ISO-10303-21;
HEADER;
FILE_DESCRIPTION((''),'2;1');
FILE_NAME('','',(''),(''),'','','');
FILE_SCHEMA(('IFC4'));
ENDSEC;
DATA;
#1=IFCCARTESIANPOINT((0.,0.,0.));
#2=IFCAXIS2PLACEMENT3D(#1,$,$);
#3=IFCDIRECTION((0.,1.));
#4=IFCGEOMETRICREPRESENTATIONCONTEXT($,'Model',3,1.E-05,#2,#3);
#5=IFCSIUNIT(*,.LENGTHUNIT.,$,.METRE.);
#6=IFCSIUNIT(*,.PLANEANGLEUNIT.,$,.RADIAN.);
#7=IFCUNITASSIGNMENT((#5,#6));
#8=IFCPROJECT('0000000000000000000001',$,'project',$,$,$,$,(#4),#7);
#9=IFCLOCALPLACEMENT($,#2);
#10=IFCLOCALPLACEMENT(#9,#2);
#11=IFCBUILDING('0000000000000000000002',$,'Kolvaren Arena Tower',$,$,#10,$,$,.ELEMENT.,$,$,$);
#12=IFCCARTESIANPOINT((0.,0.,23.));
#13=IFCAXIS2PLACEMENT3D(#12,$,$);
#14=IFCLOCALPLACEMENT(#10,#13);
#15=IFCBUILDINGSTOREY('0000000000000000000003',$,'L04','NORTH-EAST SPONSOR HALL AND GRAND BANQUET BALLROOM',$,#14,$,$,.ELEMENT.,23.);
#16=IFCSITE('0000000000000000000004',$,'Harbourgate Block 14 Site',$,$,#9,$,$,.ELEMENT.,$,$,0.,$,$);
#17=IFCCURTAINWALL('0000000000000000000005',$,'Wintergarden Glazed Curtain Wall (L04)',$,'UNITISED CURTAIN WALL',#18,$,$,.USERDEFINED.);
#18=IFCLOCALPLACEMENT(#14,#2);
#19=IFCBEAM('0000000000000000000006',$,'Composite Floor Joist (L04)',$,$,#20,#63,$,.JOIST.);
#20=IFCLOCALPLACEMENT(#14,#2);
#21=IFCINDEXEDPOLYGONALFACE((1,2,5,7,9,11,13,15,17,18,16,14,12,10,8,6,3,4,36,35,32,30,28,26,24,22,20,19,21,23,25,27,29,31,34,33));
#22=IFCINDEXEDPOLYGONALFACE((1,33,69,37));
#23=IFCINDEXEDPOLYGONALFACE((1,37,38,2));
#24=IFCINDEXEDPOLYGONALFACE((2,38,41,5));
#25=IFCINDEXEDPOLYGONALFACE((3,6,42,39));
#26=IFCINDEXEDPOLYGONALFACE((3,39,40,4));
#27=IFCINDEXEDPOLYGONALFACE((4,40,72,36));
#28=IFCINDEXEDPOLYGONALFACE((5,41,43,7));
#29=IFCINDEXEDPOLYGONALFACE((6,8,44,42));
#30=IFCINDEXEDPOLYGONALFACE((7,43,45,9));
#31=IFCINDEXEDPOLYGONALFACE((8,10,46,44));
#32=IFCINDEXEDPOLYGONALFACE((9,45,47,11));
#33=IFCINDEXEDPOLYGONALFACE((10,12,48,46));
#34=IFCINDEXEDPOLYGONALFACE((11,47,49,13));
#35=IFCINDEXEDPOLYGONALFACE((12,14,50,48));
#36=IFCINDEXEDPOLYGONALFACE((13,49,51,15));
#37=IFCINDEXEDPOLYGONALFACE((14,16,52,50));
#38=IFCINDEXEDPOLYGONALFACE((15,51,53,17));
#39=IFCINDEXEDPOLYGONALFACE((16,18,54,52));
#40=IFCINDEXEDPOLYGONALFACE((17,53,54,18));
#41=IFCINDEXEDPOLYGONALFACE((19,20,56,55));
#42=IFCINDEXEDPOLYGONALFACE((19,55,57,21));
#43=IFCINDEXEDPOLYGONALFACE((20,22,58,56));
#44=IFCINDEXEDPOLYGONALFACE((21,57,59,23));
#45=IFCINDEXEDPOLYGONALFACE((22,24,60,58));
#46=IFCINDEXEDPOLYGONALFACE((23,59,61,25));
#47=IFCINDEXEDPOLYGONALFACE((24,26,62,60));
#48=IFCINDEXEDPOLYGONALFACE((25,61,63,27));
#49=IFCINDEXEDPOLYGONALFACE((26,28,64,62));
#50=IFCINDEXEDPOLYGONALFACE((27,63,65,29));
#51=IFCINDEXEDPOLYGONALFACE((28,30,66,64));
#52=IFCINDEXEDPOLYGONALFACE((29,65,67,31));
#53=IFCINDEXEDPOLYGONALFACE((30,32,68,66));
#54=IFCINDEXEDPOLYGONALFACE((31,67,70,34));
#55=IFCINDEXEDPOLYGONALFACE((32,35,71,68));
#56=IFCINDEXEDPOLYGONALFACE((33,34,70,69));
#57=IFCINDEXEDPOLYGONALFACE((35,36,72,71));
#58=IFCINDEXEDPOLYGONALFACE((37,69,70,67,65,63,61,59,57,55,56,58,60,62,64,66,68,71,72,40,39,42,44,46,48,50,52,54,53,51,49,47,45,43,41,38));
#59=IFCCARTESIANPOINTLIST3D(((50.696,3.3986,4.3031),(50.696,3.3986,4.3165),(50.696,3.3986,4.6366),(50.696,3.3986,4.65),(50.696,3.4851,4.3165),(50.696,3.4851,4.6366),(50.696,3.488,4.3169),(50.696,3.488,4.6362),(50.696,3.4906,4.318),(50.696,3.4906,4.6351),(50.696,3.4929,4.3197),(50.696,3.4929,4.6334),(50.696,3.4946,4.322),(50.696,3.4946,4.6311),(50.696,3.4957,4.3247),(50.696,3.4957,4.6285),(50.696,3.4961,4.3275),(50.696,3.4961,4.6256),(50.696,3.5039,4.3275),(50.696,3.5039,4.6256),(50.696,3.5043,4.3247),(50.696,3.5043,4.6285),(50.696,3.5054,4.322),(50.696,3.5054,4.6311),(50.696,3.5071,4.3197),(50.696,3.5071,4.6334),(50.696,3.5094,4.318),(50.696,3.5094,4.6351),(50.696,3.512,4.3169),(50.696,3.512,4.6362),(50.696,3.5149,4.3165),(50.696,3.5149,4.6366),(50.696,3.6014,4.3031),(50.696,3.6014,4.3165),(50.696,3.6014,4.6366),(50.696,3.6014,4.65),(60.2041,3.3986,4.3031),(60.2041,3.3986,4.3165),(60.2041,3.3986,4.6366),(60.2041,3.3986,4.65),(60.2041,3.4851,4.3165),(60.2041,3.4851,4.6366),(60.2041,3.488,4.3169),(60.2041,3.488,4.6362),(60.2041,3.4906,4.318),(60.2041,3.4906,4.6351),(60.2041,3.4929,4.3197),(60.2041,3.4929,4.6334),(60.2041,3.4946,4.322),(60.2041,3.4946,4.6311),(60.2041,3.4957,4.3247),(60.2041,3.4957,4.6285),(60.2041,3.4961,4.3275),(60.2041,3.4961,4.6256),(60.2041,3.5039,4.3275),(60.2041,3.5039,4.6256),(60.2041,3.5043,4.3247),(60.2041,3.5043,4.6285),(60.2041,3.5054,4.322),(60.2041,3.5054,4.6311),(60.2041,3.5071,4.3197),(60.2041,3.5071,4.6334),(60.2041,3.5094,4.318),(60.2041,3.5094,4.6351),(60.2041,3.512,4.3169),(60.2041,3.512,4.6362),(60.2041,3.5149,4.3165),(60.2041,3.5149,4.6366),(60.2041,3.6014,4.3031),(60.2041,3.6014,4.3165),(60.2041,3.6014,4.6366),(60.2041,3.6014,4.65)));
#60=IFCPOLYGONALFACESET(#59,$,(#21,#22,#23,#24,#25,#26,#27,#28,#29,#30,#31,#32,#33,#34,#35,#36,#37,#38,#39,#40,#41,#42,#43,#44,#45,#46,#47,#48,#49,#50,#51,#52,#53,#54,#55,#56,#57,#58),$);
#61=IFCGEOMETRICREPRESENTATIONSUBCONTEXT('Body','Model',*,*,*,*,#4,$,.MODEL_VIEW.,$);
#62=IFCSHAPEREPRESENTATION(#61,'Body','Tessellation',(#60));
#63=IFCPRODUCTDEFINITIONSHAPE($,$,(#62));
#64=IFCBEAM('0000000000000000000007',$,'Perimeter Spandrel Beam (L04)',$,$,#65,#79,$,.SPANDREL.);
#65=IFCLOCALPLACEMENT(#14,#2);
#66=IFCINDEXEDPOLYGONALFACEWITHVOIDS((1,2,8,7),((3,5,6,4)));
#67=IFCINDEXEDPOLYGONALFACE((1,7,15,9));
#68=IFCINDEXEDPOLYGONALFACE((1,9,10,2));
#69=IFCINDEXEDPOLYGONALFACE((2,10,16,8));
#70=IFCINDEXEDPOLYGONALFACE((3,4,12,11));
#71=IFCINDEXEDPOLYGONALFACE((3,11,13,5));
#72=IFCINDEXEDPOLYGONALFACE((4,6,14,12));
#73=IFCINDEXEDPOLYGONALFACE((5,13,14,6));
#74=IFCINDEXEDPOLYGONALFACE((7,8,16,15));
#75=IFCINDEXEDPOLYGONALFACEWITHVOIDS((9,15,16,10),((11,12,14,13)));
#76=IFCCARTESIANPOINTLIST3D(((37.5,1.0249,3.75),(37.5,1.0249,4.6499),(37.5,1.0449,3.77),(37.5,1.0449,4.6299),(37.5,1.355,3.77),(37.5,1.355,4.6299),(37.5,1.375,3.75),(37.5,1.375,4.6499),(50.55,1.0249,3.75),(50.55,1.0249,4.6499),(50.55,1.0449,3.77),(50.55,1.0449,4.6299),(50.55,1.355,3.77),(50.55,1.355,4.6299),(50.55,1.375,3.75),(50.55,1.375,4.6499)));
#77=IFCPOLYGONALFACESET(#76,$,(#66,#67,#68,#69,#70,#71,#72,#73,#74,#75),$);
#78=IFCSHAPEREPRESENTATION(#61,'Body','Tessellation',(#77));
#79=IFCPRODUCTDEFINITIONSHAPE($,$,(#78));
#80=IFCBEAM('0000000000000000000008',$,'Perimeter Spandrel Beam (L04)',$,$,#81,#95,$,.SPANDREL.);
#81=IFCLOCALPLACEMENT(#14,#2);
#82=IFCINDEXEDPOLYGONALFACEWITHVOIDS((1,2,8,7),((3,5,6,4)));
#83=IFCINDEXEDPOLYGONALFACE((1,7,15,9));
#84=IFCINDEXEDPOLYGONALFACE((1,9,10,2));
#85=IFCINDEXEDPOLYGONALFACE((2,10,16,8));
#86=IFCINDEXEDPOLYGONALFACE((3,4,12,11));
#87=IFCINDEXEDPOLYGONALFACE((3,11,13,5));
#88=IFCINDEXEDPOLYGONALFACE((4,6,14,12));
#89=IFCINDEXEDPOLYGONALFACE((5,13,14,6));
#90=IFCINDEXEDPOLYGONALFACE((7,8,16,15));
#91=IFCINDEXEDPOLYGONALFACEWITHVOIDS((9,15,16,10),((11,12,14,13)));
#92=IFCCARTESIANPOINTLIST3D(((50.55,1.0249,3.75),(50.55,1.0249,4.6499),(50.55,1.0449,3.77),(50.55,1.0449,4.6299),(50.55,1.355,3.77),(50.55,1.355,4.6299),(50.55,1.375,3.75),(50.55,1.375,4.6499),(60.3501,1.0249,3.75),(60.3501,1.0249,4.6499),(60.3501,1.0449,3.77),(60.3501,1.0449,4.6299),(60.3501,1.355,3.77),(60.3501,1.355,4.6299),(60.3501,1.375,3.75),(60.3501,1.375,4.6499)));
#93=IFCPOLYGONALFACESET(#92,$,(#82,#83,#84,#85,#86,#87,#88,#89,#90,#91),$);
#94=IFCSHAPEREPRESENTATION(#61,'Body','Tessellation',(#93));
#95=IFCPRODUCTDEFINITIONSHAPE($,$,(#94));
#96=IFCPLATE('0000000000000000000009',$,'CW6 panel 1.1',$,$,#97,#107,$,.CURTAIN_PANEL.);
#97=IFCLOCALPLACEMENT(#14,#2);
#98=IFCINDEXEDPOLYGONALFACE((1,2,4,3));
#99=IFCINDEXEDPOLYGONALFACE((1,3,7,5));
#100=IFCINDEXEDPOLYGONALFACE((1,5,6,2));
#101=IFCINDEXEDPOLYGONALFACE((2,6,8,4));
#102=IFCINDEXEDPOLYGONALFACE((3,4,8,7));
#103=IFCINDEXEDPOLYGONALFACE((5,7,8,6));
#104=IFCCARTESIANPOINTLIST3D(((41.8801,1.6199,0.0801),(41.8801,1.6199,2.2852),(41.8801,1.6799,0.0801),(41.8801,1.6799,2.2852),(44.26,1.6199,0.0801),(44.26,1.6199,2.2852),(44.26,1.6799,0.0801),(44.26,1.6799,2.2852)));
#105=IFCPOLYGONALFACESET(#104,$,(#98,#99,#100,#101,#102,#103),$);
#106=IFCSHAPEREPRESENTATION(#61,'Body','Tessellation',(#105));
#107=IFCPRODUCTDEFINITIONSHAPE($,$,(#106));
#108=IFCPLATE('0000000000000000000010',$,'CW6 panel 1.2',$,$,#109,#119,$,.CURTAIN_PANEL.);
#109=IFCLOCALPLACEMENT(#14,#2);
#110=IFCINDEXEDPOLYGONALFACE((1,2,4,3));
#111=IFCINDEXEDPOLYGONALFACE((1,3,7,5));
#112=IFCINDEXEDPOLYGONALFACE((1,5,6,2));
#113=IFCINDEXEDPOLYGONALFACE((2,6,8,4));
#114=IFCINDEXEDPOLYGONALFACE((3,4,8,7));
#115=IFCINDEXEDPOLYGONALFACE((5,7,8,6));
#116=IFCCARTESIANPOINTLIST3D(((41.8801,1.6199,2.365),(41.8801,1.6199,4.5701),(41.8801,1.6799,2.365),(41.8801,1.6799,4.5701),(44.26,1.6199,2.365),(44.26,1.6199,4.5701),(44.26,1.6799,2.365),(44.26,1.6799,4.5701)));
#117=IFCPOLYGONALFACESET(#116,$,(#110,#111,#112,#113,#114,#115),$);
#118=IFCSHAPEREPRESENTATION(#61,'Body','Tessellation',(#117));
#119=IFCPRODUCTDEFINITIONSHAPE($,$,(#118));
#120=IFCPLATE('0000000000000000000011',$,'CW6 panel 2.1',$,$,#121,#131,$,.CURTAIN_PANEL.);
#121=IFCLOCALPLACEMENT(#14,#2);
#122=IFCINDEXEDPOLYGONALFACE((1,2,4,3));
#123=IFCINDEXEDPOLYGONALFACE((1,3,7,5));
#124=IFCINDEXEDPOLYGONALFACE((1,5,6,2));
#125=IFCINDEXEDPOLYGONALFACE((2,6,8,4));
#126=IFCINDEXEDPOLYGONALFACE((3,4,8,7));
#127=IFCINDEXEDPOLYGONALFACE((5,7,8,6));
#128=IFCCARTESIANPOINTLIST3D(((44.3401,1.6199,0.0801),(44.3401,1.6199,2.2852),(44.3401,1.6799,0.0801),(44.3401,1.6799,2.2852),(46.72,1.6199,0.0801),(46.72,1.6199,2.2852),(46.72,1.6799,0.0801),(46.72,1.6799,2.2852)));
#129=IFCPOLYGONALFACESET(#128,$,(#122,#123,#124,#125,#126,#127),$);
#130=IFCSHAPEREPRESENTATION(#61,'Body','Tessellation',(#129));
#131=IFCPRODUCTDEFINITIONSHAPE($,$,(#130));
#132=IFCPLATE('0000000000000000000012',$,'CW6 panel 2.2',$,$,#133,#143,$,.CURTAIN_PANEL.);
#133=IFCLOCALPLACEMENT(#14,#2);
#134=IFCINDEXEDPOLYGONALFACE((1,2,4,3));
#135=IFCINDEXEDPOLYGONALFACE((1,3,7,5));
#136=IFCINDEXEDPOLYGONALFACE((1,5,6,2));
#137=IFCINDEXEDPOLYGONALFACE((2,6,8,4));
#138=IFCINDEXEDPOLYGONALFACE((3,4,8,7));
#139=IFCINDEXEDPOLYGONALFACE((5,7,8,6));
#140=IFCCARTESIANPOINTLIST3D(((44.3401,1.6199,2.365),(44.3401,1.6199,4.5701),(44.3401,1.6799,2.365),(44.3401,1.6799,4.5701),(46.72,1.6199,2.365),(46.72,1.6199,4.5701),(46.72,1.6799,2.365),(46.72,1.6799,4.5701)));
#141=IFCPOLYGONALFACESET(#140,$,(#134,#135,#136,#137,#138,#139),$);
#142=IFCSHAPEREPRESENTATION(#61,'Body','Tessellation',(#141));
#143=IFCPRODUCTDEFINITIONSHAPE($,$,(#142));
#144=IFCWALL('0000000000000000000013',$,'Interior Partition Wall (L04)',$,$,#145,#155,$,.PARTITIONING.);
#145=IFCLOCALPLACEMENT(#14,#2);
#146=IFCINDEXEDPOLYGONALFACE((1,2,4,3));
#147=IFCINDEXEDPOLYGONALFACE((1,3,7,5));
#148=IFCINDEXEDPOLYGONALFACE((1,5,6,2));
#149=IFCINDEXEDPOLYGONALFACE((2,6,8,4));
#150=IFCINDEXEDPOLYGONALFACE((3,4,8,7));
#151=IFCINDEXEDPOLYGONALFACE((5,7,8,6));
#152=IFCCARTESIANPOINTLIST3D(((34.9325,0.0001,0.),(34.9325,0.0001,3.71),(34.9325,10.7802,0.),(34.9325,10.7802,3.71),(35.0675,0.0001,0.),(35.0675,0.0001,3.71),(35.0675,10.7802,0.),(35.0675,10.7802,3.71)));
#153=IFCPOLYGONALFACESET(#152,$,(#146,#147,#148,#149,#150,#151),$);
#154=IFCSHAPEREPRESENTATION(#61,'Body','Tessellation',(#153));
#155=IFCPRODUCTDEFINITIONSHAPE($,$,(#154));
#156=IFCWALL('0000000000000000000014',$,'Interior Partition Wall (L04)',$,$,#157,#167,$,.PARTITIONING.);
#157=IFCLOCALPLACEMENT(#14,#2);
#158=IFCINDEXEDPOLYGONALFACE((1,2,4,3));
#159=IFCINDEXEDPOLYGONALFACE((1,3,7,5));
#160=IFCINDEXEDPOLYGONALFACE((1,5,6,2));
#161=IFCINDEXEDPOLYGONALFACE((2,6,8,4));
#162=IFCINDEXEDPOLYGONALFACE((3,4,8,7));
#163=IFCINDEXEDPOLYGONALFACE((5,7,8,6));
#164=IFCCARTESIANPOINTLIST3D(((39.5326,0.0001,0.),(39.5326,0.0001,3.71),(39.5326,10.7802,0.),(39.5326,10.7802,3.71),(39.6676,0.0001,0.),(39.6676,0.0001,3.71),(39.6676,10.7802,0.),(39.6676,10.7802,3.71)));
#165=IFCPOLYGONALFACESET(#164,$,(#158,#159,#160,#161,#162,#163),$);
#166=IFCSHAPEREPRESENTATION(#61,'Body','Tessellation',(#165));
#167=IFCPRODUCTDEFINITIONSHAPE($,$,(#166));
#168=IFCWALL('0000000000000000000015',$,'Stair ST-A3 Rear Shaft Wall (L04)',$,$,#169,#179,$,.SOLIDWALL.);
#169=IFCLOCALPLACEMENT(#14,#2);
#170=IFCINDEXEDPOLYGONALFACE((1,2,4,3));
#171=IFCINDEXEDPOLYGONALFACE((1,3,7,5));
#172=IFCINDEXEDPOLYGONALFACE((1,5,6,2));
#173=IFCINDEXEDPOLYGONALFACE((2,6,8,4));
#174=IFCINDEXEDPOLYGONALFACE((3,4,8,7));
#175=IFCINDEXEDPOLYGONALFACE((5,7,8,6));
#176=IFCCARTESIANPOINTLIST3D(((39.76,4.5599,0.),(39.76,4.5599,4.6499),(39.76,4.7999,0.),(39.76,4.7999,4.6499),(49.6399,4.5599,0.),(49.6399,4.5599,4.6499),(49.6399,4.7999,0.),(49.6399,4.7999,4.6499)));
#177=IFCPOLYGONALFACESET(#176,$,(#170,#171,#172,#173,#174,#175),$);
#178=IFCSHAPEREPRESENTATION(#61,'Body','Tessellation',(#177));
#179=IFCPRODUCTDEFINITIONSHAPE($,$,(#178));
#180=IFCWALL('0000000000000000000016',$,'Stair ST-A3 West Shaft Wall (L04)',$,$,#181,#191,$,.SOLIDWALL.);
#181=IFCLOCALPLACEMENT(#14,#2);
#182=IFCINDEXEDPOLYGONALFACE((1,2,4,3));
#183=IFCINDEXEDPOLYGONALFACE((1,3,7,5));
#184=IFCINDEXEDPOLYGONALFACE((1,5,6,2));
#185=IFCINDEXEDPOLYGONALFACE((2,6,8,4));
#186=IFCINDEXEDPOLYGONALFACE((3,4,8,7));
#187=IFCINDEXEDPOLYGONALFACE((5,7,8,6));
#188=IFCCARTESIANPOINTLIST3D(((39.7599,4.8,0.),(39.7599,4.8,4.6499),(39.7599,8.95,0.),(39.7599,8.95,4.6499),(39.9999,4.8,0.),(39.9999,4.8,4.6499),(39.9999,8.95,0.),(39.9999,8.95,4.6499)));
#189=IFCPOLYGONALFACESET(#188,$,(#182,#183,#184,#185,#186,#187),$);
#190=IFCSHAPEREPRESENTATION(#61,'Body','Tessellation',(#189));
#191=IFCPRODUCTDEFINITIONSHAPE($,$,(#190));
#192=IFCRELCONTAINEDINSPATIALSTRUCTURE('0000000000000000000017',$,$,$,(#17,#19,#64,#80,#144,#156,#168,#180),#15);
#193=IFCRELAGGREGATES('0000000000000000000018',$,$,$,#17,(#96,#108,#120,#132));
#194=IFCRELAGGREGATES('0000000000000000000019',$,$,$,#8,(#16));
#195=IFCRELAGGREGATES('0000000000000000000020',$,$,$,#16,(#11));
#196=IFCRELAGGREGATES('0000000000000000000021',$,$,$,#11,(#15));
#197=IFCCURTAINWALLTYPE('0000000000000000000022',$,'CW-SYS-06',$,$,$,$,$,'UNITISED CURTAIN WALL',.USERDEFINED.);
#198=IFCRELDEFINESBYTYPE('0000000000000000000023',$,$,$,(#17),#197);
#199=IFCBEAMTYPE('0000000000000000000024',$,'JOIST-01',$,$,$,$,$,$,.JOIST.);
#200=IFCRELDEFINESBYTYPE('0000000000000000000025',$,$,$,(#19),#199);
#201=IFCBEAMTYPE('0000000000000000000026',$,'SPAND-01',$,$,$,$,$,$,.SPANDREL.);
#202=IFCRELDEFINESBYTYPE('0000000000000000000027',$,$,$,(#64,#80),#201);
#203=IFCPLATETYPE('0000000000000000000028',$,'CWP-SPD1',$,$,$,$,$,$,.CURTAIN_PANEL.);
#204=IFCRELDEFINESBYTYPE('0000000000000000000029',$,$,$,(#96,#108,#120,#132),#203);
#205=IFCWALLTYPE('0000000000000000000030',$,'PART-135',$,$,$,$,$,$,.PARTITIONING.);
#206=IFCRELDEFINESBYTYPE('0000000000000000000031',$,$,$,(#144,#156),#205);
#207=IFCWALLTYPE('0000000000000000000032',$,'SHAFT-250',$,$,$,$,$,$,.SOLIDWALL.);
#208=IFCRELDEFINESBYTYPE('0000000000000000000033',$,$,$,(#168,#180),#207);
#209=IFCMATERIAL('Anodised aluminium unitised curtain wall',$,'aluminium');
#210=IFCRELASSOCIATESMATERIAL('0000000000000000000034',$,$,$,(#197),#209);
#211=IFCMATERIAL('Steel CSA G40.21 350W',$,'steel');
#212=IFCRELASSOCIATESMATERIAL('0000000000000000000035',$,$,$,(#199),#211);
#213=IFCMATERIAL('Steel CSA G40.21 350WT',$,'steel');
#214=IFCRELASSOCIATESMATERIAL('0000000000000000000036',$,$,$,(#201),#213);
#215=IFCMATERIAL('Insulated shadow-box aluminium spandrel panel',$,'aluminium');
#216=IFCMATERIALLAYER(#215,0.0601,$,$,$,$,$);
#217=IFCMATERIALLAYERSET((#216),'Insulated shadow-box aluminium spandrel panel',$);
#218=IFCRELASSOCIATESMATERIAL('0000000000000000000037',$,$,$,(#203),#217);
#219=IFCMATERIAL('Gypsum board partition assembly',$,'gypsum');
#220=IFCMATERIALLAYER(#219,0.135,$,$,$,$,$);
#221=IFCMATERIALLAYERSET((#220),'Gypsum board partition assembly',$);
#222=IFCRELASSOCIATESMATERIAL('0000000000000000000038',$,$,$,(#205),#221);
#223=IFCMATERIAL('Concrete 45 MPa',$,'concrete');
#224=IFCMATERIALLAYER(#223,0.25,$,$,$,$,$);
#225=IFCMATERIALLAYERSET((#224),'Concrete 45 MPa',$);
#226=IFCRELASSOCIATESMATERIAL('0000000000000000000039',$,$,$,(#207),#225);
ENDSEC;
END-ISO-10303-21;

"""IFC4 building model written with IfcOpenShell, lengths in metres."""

from ifc_helpers import new_model, si_unit, direction, frame, frame_2d, origin, origin_2d, place, context, subcontext, project, spatial, rectangle, hollow_rectangle, i_section, extrude, material, layer, layer_set, material_profile, profile_set, type_object, element, aggregate, save


model = new_model("IFC4")

# Units and contexts
model_context = context("Model", 3, precision=1e-05, world=origin(), true_north=direction((0.0, 1.0)))
body_context = subcontext(model_context, "Body", "Model", "MODEL_VIEW")
ifc_project = project(units=[si_unit("LENGTHUNIT", "METRE"), si_unit("PLANEANGLEUNIT", "RADIAN")], contexts=[model_context])

# Site, building, storey
site_placement = place(None, origin())
site = spatial("IfcSite", under=ifc_project, at=site_placement, Name="Harbourgate Block 14 Site", CompositionType="ELEMENT", RefElevation=0.0)
building_placement = place(site_placement, origin())
building = spatial("IfcBuilding", under=site, at=building_placement, Name="Kolvaren Arena Tower", CompositionType="ELEMENT")
storey_placement = place(building_placement, frame((0.0, 0.0, 23.0)))
storey = spatial("IfcBuildingStorey", under=building, at=storey_placement, Name="L04", Description="NORTH-EAST SPONSOR HALL AND GRAND BANQUET BALLROOM", CompositionType="ELEMENT", Elevation=23.0)

# Curtain wall
ifc_material_1 = material(Name="Anodised aluminium unitised curtain wall", Category="aluminium")
curtain_wall_type = type_object("IfcCurtainWallType", Name="CW-SYS-06", ElementType="UNITISED CURTAIN WALL", PredefinedType="USERDEFINED", material=ifc_material_1)
curtain_wall_placement = place(storey_placement, origin())
curtain_wall = element("IfcCurtainWall", 1, at=curtain_wall_placement, inside=storey, type_object=curtain_wall_type, Name="Wintergarden Glazed Curtain Wall (L04)", ObjectType="UNITISED CURTAIN WALL", PredefinedType="USERDEFINED")

# Beams
ifc_material_2 = material(Name="Steel CSA G40.21 350W", Category="steel")
ifc_material_profile_1 = material_profile(ifc_material_2, i_section(OverallWidth=0.2029, OverallDepth=0.3469, WebThickness=0.0078, FlangeThickness=0.0134, FilletRadius=0.011, at=origin_2d()), Name="W360x64")
ifc_profile_set_1 = profile_set([ifc_material_profile_1], Name="Steel CSA G40.21 350W")
beam_type_1 = type_object("IfcBeamType", Name="JOIST-01", PredefinedType="JOIST", material=ifc_profile_set_1)
beam_1_placement = place(storey_placement, frame((50.696, 3.5, 4.4766), z_axis=(1.0, 0.0, 0.0), x_axis=(0.0, 1.0, 0.0)))
element("IfcBeam", 2, at=beam_1_placement, inside=storey, type_object=beam_type_1, Name="Composite Floor Joist (L04)", PredefinedType="JOIST", context=body_context, shape_type="SweptSolid", body=[
    extrude(i_section(OverallWidth=0.2029, OverallDepth=0.3469, WebThickness=0.0078, FlangeThickness=0.0134, FilletRadius=0.011, at=origin_2d()), origin(), (0.0, 0.0, 1.0), 9.5081),
])
ifc_material_3 = material(Name="Steel CSA G40.21 350WT", Category="steel")
ifc_material_profile_2 = material_profile(ifc_material_3, hollow_rectangle(XDim=0.3501, YDim=0.8999, WallThickness=0.02, at=origin_2d()), Name="HSS 900x350x20")
ifc_profile_set_2 = profile_set([ifc_material_profile_2], Name="Steel CSA G40.21 350WT")
beam_type_2 = type_object("IfcBeamType", Name="SPAND-01", PredefinedType="SPANDREL", material=ifc_profile_set_2)
beam_2_placement = place(storey_placement, frame((37.5, 1.2, 4.2), z_axis=(1.0, 0.0, 0.0), x_axis=(0.0, 1.0, 0.0)))
element("IfcBeam", 3, at=beam_2_placement, inside=storey, type_object=beam_type_2, Name="Perimeter Spandrel Beam (L04)", PredefinedType="SPANDREL", context=body_context, shape_type="SweptSolid", body=[
    extrude(hollow_rectangle(XDim=0.3501, YDim=0.8999, WallThickness=0.02, at=origin_2d()), origin(), (0.0, 0.0, 1.0), 13.05),
])
beam_3_placement = place(storey_placement, frame((50.55, 1.2, 4.2), z_axis=(1.0, 0.0, 0.0), x_axis=(0.0, 1.0, 0.0)))
element("IfcBeam", 4, at=beam_3_placement, inside=storey, type_object=beam_type_2, Name="Perimeter Spandrel Beam (L04)", PredefinedType="SPANDREL", context=body_context, shape_type="SweptSolid", body=[
    extrude(hollow_rectangle(XDim=0.3501, YDim=0.8999, WallThickness=0.02, at=origin_2d()), origin(), (0.0, 0.0, 1.0), 9.8),
])

# Plates
ifc_material_4 = material(Name="Insulated shadow-box aluminium spandrel panel", Category="aluminium")
ifc_layer_1 = layer(ifc_material_4, 0.0601)
ifc_layer_set_1 = layer_set([ifc_layer_1], Name="Insulated shadow-box aluminium spandrel panel")
plate_type = type_object("IfcPlateType", Name="CWP-SPD1", PredefinedType="CURTAIN_PANEL", material=ifc_layer_set_1)
plate_1_placement = place(storey_placement, frame((43.0701, 1.6499, 0.0801), z_axis=(0.0, 0.0, 1.0), x_axis=(1.0, 0.0, 0.0)))
plate_1 = element("IfcPlate", 5, at=plate_1_placement, type_object=plate_type, Name="CW6 panel 1.1", PredefinedType="CURTAIN_PANEL", context=body_context, shape_type="SweptSolid", body=[
    extrude(rectangle(XDim=2.3799, YDim=0.0601, at=origin_2d()), origin(), (0.0, 0.0, 1.0), 2.2051),
])
plate_2_placement = place(storey_placement, frame((43.0701, 1.6499, 2.365), z_axis=(0.0, 0.0, 1.0), x_axis=(1.0, 0.0, 0.0)))
plate_2 = element("IfcPlate", 6, at=plate_2_placement, type_object=plate_type, Name="CW6 panel 1.2", PredefinedType="CURTAIN_PANEL", context=body_context, shape_type="SweptSolid", body=[
    extrude(rectangle(XDim=2.3799, YDim=0.0601, at=origin_2d()), origin(), (0.0, 0.0, 1.0), 2.2051),
])
plate_3_placement = place(storey_placement, frame((45.53, 1.6499, 0.0801), z_axis=(0.0, 0.0, 1.0), x_axis=(1.0, 0.0, 0.0)))
plate_3 = element("IfcPlate", 7, at=plate_3_placement, type_object=plate_type, Name="CW6 panel 2.1", PredefinedType="CURTAIN_PANEL", context=body_context, shape_type="SweptSolid", body=[
    extrude(rectangle(XDim=2.3799, YDim=0.0601, at=origin_2d()), origin(), (0.0, 0.0, 1.0), 2.2051),
])
plate_4_placement = place(storey_placement, frame((45.53, 1.6499, 2.365), z_axis=(0.0, 0.0, 1.0), x_axis=(1.0, 0.0, 0.0)))
plate_4 = element("IfcPlate", 8, at=plate_4_placement, type_object=plate_type, Name="CW6 panel 2.2", PredefinedType="CURTAIN_PANEL", context=body_context, shape_type="SweptSolid", body=[
    extrude(rectangle(XDim=2.3799, YDim=0.0601, at=origin_2d()), origin(), (0.0, 0.0, 1.0), 2.2051),
])
aggregate(curtain_wall, [plate_1, plate_2, plate_3, plate_4])

# Walls
ifc_material_5 = material(Name="Gypsum board partition assembly", Category="gypsum")
ifc_layer_2 = layer(ifc_material_5, 0.135)
ifc_layer_set_2 = layer_set([ifc_layer_2], Name="Gypsum board partition assembly")
wall_type_1 = type_object("IfcWallType", Name="PART-135", PredefinedType="PARTITIONING", material=ifc_layer_set_2)
for number, where, z_axis, x_axis, name in (
    (9, (35.0, 0.0, 0.0), (0.0, 0.0, 1.0), (0.0, 1.0, 0.0), "Interior Partition Wall (L04)"),
    (10, (39.6001, 0.0, 0.0), (0.0, 0.0, 1.0), (0.0, 1.0, 0.0), "Interior Partition Wall (L04)"),
):
    element("IfcWall", number, at=place(storey_placement, frame(where, z_axis=z_axis, x_axis=x_axis)), inside=storey, type_object=wall_type_1, Name=name, PredefinedType="PARTITIONING", context=body_context, shape_type="SweptSolid", body=[
        extrude(rectangle(XDim=10.78, YDim=0.135, at=frame_2d((5.3901, 0.0))), origin(), (0.0, 0.0, 1.0), 3.71),
    ])
ifc_material_6 = material(Name="Concrete 45 MPa", Category="concrete")
ifc_layer_3 = layer(ifc_material_6, 0.25)
ifc_layer_set_3 = layer_set([ifc_layer_3], Name="Concrete 45 MPa")
wall_type_2 = type_object("IfcWallType", Name="SHAFT-250", PredefinedType="SOLIDWALL", material=ifc_layer_set_3)
wall_placement = place(storey_placement, frame((39.76, 4.6799, 0.0), z_axis=(0.0, 0.0, 1.0), x_axis=(1.0, 0.0, 0.0)))
element("IfcWall", 11, at=wall_placement, inside=storey, type_object=wall_type_2, Name="Stair ST-A3 Rear Shaft Wall (L04)", PredefinedType="SOLIDWALL", context=body_context, shape_type="SweptSolid", body=[
    extrude(rectangle(XDim=9.8799, YDim=0.24, at=frame_2d((4.9399, 0.0))), origin(), (0.0, 0.0, 1.0), 4.6499),
])
for number, where, z_axis, x_axis, name in (
    (12, (39.8799, 4.8, 0.0), (0.0, 0.0, 1.0), (0.0, 1.0, 0.0), "Stair ST-A3 West Shaft Wall (L04)"),
):
    element("IfcWall", number, at=place(storey_placement, frame(where, z_axis=z_axis, x_axis=x_axis)), inside=storey, type_object=wall_type_2, Name=name, PredefinedType="SOLIDWALL", context=body_context, shape_type="SweptSolid", body=[
        extrude(rectangle(XDim=4.1499, YDim=0.24, at=frame_2d((2.075, 0.0))), origin(), (0.0, 0.0, 1.0), 4.6499),
    ])

save(model, "model.ifc")
